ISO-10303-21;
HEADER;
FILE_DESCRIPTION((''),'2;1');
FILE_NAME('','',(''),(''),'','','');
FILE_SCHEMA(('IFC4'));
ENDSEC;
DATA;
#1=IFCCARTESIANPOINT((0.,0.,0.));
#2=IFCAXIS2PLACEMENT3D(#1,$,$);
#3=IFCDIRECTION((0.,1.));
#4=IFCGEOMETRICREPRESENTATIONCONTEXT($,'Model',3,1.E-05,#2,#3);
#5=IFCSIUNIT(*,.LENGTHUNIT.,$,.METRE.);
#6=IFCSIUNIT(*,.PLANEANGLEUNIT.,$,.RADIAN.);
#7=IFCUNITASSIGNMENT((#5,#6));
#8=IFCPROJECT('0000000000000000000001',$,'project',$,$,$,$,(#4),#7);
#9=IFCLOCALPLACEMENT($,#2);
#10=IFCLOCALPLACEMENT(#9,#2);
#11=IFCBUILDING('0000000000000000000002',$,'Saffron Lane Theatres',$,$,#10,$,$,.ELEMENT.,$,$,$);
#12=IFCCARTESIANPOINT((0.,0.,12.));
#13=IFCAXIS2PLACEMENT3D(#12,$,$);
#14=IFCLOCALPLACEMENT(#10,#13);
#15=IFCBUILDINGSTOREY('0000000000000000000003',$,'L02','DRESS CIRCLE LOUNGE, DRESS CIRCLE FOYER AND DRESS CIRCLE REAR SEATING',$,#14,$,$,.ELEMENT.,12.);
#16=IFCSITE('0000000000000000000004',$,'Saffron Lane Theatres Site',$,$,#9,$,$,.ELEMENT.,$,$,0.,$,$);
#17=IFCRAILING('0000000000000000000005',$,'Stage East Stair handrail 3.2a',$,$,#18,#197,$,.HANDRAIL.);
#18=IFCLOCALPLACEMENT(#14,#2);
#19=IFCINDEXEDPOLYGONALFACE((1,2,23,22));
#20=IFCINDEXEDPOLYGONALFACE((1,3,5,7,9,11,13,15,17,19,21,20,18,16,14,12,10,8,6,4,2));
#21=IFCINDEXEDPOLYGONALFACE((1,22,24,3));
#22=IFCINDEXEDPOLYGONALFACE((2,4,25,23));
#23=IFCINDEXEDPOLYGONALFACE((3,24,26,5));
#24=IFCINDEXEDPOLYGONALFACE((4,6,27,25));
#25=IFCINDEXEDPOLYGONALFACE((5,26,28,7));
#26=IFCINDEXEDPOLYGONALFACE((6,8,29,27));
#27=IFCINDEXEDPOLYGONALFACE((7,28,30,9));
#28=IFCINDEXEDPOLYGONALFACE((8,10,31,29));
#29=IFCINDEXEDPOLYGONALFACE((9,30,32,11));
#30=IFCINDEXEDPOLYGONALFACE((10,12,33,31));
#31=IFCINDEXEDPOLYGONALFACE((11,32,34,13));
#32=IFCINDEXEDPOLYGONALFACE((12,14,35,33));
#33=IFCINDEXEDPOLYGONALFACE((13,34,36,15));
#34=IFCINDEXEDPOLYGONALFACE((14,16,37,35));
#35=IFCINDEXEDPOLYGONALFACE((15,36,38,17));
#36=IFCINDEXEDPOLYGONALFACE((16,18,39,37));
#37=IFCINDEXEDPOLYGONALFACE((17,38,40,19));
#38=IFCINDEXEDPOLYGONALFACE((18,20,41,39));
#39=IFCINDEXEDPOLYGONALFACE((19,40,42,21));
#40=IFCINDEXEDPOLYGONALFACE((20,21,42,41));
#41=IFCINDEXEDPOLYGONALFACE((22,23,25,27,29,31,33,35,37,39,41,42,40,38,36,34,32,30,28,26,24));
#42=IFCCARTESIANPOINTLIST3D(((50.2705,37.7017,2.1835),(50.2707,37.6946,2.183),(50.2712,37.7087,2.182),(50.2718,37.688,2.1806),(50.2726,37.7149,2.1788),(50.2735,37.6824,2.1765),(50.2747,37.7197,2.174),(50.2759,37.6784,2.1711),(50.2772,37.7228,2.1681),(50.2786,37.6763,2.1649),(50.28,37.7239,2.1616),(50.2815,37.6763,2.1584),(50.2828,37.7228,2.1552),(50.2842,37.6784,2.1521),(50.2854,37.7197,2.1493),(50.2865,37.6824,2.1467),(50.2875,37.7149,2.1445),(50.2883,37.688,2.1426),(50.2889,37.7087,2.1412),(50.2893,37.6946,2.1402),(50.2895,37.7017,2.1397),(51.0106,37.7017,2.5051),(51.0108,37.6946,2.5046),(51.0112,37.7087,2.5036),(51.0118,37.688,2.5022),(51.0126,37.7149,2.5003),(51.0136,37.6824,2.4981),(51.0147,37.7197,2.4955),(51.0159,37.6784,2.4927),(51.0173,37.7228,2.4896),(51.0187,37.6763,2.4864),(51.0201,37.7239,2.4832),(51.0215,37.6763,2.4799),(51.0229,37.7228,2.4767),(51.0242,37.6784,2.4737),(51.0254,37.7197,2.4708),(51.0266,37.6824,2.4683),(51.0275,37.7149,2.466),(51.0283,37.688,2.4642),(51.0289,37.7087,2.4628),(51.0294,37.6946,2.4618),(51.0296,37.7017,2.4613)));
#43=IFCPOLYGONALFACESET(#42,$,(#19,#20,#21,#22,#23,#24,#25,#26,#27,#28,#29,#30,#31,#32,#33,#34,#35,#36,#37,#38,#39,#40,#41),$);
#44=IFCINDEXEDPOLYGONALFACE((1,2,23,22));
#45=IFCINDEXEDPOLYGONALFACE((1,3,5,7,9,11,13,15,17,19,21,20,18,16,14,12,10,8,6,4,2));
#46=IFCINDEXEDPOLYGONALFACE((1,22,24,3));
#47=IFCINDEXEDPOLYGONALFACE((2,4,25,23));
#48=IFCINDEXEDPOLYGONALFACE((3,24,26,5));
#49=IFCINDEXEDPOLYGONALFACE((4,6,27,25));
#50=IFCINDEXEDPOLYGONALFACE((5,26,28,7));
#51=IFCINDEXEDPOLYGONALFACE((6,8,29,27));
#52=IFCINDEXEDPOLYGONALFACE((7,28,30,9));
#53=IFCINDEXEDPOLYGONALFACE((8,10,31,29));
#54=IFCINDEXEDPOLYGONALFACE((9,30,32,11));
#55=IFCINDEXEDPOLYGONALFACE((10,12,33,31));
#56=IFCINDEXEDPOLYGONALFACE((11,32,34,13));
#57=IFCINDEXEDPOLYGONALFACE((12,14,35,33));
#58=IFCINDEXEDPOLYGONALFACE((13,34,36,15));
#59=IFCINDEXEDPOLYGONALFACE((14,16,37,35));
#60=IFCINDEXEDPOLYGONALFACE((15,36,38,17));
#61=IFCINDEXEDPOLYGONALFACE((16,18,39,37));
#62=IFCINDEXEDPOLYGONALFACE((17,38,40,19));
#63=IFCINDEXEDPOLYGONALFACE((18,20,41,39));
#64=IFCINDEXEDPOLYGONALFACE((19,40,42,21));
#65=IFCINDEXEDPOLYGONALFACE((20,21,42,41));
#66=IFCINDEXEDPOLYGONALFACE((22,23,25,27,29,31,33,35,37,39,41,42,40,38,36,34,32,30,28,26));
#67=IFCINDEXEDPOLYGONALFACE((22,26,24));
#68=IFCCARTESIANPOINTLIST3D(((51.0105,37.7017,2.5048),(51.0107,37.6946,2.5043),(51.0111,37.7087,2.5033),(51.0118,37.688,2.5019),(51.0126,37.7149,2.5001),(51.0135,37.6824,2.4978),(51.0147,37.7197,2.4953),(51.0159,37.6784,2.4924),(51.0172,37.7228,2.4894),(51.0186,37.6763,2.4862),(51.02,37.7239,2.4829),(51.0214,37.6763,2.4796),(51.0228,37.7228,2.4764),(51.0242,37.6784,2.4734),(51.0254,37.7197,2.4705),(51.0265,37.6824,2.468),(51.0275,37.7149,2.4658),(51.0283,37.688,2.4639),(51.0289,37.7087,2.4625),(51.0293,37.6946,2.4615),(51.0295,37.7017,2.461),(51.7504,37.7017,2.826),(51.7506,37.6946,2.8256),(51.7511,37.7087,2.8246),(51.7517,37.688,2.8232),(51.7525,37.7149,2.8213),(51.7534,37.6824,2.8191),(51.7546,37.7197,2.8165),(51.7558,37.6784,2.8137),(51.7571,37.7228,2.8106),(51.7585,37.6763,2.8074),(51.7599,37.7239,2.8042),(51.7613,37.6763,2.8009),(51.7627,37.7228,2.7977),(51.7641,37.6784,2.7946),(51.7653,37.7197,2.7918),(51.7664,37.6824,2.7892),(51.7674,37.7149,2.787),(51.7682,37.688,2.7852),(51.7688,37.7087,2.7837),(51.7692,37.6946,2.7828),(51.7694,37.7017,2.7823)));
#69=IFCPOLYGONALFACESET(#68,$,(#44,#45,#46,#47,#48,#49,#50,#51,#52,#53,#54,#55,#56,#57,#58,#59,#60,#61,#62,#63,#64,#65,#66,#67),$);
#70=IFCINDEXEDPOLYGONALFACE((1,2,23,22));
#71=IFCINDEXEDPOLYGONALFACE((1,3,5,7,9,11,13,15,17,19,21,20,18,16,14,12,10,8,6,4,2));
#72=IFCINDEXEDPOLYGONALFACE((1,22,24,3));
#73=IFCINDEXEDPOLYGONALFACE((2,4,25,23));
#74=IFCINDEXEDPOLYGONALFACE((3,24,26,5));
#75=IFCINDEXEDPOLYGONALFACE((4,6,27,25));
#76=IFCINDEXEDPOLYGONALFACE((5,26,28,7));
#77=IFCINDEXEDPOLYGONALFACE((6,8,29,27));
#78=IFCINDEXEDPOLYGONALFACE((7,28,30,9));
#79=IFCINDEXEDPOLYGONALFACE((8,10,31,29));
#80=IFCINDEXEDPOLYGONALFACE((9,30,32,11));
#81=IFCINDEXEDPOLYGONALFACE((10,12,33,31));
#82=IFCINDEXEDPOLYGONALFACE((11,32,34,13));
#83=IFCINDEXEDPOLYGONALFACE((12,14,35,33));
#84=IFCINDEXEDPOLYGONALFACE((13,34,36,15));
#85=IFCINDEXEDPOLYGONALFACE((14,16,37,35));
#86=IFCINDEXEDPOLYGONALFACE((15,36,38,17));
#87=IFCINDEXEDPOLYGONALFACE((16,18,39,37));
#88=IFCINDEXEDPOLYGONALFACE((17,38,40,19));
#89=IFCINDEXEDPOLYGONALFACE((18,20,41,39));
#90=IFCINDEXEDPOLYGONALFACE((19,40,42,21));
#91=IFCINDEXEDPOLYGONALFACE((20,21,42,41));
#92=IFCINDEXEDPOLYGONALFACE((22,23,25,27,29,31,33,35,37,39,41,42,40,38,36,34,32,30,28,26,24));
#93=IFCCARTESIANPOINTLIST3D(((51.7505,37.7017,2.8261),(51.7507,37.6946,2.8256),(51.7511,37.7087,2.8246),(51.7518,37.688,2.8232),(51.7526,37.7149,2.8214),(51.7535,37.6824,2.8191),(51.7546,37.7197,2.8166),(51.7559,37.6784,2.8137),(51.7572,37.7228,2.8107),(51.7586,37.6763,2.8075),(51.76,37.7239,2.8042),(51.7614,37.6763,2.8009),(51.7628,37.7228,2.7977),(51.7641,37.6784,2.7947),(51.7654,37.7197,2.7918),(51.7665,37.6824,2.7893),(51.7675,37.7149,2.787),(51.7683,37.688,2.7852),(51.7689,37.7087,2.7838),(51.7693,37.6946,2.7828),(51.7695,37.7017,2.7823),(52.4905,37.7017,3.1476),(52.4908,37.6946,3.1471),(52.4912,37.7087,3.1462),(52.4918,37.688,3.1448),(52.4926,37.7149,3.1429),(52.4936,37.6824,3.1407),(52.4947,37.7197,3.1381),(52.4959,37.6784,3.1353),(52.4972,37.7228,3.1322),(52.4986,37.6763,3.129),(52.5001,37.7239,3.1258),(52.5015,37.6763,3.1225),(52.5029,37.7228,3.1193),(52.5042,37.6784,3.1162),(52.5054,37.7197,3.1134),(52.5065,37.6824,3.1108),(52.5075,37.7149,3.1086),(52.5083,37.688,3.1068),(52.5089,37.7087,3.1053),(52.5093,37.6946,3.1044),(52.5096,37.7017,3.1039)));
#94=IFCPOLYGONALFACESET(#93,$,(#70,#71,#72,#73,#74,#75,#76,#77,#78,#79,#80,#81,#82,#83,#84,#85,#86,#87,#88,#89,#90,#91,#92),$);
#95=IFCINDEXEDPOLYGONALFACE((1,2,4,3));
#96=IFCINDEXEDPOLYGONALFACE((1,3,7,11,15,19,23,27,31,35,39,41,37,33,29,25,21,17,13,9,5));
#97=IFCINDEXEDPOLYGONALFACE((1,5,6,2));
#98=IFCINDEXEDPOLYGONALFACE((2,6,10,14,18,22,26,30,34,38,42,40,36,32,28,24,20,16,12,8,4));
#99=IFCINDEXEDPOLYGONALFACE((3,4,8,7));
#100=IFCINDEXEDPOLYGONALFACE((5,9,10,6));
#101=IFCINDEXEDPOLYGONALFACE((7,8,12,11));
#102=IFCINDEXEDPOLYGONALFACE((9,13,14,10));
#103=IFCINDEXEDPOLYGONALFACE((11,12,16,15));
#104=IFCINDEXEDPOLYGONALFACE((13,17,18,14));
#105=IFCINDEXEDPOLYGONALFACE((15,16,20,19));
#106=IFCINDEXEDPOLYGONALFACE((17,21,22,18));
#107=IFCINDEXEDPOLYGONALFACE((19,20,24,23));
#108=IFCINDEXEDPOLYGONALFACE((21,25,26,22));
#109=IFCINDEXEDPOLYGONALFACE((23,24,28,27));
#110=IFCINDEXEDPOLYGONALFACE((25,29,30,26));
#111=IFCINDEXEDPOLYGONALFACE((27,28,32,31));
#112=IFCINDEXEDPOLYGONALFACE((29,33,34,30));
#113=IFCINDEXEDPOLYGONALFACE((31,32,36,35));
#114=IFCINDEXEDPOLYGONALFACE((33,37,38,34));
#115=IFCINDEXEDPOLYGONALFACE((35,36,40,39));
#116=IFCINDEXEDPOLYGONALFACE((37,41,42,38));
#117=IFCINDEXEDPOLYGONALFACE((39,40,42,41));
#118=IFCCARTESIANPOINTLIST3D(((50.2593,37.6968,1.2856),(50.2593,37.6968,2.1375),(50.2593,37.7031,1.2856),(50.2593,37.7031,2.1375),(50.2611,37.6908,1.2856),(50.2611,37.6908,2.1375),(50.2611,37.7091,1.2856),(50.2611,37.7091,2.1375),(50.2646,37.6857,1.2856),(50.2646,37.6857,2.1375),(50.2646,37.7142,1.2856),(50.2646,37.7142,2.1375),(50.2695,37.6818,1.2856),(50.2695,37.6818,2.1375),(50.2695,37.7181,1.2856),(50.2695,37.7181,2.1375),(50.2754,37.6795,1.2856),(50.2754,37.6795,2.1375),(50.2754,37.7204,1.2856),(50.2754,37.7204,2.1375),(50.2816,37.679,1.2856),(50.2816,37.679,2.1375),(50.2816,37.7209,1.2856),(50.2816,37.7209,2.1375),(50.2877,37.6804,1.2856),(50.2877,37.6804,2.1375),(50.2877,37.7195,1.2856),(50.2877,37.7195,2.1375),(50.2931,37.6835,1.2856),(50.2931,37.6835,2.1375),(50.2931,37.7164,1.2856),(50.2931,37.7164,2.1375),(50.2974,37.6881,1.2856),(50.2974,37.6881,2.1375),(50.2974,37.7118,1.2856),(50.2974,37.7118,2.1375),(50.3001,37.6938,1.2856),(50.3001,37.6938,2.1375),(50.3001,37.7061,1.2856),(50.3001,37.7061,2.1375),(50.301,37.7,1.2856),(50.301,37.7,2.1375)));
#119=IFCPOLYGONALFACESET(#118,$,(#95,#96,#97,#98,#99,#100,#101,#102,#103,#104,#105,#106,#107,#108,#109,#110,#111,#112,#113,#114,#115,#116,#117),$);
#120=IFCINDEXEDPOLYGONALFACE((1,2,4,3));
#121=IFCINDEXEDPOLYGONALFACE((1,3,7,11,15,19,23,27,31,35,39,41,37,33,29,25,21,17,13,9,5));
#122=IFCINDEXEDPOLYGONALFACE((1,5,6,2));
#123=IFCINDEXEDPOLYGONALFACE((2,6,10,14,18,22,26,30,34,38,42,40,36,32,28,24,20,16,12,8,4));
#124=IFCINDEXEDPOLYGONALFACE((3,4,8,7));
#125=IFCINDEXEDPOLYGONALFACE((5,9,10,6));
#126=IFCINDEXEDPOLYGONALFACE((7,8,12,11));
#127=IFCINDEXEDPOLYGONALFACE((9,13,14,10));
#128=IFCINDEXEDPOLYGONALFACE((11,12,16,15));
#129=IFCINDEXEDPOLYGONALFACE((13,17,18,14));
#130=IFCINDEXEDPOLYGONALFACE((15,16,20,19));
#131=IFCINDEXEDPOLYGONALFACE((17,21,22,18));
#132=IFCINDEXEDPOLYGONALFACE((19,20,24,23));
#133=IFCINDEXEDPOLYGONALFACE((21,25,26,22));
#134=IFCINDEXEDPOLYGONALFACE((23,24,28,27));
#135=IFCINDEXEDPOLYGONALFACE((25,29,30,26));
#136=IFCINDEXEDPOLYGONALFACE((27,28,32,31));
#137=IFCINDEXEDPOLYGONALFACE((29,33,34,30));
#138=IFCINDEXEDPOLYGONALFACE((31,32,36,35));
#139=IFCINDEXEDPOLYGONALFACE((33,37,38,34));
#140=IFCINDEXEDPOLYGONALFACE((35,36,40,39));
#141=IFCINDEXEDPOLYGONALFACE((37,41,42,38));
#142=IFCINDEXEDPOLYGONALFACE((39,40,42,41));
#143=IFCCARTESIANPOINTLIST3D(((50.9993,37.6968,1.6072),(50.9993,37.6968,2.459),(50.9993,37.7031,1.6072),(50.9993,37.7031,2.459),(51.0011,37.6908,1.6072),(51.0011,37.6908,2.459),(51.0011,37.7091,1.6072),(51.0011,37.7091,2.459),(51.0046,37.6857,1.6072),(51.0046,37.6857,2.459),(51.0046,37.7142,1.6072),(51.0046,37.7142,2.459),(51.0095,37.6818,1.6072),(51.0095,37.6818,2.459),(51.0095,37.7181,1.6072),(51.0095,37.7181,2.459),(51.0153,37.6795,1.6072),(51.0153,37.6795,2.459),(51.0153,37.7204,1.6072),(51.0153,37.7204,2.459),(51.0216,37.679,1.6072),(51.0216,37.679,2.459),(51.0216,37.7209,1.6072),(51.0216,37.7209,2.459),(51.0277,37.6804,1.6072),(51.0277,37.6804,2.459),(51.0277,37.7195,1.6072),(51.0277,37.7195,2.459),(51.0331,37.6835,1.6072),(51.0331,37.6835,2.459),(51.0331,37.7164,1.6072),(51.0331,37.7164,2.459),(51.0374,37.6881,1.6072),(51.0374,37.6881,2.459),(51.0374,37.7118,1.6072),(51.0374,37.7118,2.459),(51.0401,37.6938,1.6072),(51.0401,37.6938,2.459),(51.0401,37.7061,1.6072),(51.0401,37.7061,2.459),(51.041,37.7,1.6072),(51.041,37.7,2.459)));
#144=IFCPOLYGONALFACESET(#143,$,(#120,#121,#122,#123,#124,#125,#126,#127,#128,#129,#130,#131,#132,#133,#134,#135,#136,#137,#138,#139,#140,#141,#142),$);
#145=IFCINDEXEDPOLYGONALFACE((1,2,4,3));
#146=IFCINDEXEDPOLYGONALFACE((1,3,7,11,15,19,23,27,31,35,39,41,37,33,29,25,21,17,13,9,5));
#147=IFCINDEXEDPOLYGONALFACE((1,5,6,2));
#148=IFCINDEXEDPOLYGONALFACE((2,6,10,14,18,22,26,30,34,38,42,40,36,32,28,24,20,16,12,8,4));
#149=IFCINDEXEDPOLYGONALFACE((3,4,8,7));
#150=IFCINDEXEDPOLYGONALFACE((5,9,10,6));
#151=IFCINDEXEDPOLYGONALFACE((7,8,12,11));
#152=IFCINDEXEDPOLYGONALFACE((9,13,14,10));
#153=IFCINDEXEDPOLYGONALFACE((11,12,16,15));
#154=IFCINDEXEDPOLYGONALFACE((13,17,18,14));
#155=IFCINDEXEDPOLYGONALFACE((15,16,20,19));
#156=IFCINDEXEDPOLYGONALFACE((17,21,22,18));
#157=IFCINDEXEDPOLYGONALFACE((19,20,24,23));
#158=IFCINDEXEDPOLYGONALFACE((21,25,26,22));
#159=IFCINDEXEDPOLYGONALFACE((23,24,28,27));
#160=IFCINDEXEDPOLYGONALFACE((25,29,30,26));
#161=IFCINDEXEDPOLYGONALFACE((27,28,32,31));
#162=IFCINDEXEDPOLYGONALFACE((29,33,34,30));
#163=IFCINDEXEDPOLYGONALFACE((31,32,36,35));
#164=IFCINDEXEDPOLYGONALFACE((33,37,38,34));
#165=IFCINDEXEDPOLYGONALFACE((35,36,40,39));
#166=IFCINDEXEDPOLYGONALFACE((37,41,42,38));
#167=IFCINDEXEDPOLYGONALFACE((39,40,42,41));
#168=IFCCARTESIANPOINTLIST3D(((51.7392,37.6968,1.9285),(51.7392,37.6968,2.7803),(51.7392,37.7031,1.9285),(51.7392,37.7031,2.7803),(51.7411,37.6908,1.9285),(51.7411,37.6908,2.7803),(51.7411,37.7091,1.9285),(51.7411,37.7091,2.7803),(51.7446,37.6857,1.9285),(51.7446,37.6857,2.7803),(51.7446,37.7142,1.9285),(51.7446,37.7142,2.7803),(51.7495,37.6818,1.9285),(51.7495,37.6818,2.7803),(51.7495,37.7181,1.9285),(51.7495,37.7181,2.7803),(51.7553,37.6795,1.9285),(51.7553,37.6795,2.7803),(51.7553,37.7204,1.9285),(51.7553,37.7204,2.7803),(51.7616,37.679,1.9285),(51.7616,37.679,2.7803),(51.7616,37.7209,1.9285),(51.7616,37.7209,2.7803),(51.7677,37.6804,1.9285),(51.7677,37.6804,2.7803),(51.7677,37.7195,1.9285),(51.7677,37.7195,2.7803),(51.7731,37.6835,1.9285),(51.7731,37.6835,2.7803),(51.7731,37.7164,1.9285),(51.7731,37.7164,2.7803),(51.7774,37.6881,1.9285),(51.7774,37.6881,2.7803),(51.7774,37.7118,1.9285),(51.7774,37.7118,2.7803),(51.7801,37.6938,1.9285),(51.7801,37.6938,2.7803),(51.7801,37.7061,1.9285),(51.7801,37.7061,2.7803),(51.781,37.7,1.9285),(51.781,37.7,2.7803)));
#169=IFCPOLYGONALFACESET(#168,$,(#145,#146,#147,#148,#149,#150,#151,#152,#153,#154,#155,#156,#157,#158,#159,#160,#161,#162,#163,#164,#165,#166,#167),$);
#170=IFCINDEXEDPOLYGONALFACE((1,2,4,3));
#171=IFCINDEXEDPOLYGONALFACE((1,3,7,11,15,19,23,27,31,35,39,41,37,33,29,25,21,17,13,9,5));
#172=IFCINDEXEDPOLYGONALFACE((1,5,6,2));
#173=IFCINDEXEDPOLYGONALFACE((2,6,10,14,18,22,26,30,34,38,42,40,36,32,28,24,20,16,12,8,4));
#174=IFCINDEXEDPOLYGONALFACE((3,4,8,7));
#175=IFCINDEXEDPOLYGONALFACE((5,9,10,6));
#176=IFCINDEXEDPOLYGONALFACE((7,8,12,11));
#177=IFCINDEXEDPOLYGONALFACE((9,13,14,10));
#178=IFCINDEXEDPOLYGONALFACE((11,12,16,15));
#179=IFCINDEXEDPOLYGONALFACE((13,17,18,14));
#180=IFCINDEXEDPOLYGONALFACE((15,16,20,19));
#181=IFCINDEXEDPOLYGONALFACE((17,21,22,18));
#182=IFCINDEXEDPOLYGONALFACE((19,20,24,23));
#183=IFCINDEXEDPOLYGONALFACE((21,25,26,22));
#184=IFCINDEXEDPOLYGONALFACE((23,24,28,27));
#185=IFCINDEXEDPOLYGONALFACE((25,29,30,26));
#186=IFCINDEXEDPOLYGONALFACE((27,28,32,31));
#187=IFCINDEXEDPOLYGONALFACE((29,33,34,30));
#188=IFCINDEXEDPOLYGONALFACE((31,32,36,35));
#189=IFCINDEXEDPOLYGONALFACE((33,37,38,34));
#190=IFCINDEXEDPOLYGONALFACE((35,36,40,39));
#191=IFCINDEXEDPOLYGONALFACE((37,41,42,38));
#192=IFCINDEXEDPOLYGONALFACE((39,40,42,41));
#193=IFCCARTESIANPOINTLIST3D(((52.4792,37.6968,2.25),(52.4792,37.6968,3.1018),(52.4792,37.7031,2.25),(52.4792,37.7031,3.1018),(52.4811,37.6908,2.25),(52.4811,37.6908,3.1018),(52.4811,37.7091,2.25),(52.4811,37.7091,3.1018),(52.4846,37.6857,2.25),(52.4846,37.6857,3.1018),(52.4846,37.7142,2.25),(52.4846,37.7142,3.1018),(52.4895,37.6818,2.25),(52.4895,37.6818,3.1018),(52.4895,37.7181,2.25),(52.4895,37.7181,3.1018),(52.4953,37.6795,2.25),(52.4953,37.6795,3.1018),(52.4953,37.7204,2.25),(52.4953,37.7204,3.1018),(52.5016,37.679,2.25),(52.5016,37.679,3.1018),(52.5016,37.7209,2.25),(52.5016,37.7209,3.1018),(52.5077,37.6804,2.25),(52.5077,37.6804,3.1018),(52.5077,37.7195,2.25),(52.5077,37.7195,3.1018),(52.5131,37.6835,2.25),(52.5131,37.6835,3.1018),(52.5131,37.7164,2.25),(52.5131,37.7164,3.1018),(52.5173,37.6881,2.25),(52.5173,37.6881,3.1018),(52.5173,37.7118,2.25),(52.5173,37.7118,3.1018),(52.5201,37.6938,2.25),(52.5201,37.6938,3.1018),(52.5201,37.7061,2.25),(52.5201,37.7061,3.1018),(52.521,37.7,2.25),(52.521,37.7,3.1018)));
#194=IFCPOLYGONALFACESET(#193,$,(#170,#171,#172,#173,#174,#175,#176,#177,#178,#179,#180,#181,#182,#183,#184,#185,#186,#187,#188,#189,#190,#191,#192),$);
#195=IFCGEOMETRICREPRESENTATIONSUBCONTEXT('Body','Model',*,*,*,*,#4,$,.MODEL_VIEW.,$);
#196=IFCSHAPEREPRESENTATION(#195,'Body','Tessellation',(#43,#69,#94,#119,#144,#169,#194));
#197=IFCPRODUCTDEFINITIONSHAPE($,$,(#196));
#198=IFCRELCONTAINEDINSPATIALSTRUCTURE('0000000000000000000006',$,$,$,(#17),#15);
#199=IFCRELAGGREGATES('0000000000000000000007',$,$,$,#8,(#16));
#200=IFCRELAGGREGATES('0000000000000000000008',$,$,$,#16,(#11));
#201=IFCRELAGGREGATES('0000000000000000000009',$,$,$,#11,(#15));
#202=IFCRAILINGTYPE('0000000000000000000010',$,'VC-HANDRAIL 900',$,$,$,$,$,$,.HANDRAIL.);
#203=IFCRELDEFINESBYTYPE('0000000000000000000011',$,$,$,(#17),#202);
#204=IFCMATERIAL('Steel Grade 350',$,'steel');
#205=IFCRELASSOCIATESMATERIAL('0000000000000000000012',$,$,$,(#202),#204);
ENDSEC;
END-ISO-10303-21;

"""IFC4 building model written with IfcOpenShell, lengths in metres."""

from ifc_helpers import new_model, si_unit, direction, frame, origin, origin_2d, place, context, subcontext, project, spatial, circle, extrude, material, type_object, element, save


model = new_model("IFC4")

# Units and contexts
model_context = context("Model", 3, precision=1e-05, world=origin(), true_north=direction((0.0, 1.0)))
body_context = subcontext(model_context, "Body", "Model", "MODEL_VIEW")
ifc_project = project(units=[si_unit("LENGTHUNIT", "METRE"), si_unit("PLANEANGLEUNIT", "RADIAN")], contexts=[model_context])

# Site, building, storey
site_placement = place(None, origin())
site = spatial("IfcSite", under=ifc_project, at=site_placement, Name="Saffron Lane Theatres Site", CompositionType="ELEMENT", RefElevation=0.0)
building_placement = place(site_placement, origin())
building = spatial("IfcBuilding", under=site, at=building_placement, Name="Saffron Lane Theatres", CompositionType="ELEMENT")
storey_placement = place(building_placement, frame((0.0, 0.0, 12.0)))
storey = spatial("IfcBuildingStorey", under=building, at=storey_placement, Name="L02", Description="DRESS CIRCLE LOUNGE, DRESS CIRCLE FOYER AND DRESS CIRCLE REAR SEATING", CompositionType="ELEMENT", Elevation=12.0)

# Railing
ifc_material_1 = material(Name="Steel Grade 350", Category="steel")
railing_type_1 = type_object("IfcRailingType", Name="VC-HANDRAIL 900", PredefinedType="HANDRAIL", material=ifc_material_1)
for number, where, name in (
    (1, (50.28, 37.7, 1.2856), "Stage East Stair handrail 3.2a"),
):
    element("IfcRailing", number, at=place(storey_placement, frame(where)), inside=storey, type_object=railing_type_1, Name=name, PredefinedType="HANDRAIL", context=body_context, shape_type="SweptSolid", body=[
        extrude(circle(Radius=0.0239, at=origin_2d()), frame((0.0, 0.0, 0.876), z_axis=(0.917161, 0.0, 0.398516), x_axis=(0.0, 1.0, 0.0)), (0.0, 0.0, 1.0), 0.8069),
        extrude(circle(Radius=0.0239, at=origin_2d()), frame((0.74, 0.0, 1.1973), z_axis=(0.917272, 0.0, 0.398261), x_axis=(0.0, 1.0, 0.0)), (0.0, 0.0, 1.0), 0.8066),
        extrude(circle(Radius=0.0239, at=origin_2d()), frame((1.48, 0.0, 1.5186), z_axis=(0.917161, 0.0, 0.398516), x_axis=(0.0, 1.0, 0.0)), (0.0, 0.0, 1.0), 0.8069),
        extrude(circle(Radius=0.021, at=origin_2d()), origin(), (0.0, 0.0, 1.0), 0.8518),
        extrude(circle(Radius=0.021, at=origin_2d()), frame((0.74, 0.0, 0.3215)), (0.0, 0.0, 1.0), 0.8518),
        extrude(circle(Radius=0.021, at=origin_2d()), frame((1.48, 0.0, 0.6428)), (0.0, 0.0, 1.0), 0.8518),
        extrude(circle(Radius=0.021, at=origin_2d()), frame((2.22, 0.0, 0.9644)), (0.0, 0.0, 1.0), 0.8518),
    ])

save(model, "model.ifc")
